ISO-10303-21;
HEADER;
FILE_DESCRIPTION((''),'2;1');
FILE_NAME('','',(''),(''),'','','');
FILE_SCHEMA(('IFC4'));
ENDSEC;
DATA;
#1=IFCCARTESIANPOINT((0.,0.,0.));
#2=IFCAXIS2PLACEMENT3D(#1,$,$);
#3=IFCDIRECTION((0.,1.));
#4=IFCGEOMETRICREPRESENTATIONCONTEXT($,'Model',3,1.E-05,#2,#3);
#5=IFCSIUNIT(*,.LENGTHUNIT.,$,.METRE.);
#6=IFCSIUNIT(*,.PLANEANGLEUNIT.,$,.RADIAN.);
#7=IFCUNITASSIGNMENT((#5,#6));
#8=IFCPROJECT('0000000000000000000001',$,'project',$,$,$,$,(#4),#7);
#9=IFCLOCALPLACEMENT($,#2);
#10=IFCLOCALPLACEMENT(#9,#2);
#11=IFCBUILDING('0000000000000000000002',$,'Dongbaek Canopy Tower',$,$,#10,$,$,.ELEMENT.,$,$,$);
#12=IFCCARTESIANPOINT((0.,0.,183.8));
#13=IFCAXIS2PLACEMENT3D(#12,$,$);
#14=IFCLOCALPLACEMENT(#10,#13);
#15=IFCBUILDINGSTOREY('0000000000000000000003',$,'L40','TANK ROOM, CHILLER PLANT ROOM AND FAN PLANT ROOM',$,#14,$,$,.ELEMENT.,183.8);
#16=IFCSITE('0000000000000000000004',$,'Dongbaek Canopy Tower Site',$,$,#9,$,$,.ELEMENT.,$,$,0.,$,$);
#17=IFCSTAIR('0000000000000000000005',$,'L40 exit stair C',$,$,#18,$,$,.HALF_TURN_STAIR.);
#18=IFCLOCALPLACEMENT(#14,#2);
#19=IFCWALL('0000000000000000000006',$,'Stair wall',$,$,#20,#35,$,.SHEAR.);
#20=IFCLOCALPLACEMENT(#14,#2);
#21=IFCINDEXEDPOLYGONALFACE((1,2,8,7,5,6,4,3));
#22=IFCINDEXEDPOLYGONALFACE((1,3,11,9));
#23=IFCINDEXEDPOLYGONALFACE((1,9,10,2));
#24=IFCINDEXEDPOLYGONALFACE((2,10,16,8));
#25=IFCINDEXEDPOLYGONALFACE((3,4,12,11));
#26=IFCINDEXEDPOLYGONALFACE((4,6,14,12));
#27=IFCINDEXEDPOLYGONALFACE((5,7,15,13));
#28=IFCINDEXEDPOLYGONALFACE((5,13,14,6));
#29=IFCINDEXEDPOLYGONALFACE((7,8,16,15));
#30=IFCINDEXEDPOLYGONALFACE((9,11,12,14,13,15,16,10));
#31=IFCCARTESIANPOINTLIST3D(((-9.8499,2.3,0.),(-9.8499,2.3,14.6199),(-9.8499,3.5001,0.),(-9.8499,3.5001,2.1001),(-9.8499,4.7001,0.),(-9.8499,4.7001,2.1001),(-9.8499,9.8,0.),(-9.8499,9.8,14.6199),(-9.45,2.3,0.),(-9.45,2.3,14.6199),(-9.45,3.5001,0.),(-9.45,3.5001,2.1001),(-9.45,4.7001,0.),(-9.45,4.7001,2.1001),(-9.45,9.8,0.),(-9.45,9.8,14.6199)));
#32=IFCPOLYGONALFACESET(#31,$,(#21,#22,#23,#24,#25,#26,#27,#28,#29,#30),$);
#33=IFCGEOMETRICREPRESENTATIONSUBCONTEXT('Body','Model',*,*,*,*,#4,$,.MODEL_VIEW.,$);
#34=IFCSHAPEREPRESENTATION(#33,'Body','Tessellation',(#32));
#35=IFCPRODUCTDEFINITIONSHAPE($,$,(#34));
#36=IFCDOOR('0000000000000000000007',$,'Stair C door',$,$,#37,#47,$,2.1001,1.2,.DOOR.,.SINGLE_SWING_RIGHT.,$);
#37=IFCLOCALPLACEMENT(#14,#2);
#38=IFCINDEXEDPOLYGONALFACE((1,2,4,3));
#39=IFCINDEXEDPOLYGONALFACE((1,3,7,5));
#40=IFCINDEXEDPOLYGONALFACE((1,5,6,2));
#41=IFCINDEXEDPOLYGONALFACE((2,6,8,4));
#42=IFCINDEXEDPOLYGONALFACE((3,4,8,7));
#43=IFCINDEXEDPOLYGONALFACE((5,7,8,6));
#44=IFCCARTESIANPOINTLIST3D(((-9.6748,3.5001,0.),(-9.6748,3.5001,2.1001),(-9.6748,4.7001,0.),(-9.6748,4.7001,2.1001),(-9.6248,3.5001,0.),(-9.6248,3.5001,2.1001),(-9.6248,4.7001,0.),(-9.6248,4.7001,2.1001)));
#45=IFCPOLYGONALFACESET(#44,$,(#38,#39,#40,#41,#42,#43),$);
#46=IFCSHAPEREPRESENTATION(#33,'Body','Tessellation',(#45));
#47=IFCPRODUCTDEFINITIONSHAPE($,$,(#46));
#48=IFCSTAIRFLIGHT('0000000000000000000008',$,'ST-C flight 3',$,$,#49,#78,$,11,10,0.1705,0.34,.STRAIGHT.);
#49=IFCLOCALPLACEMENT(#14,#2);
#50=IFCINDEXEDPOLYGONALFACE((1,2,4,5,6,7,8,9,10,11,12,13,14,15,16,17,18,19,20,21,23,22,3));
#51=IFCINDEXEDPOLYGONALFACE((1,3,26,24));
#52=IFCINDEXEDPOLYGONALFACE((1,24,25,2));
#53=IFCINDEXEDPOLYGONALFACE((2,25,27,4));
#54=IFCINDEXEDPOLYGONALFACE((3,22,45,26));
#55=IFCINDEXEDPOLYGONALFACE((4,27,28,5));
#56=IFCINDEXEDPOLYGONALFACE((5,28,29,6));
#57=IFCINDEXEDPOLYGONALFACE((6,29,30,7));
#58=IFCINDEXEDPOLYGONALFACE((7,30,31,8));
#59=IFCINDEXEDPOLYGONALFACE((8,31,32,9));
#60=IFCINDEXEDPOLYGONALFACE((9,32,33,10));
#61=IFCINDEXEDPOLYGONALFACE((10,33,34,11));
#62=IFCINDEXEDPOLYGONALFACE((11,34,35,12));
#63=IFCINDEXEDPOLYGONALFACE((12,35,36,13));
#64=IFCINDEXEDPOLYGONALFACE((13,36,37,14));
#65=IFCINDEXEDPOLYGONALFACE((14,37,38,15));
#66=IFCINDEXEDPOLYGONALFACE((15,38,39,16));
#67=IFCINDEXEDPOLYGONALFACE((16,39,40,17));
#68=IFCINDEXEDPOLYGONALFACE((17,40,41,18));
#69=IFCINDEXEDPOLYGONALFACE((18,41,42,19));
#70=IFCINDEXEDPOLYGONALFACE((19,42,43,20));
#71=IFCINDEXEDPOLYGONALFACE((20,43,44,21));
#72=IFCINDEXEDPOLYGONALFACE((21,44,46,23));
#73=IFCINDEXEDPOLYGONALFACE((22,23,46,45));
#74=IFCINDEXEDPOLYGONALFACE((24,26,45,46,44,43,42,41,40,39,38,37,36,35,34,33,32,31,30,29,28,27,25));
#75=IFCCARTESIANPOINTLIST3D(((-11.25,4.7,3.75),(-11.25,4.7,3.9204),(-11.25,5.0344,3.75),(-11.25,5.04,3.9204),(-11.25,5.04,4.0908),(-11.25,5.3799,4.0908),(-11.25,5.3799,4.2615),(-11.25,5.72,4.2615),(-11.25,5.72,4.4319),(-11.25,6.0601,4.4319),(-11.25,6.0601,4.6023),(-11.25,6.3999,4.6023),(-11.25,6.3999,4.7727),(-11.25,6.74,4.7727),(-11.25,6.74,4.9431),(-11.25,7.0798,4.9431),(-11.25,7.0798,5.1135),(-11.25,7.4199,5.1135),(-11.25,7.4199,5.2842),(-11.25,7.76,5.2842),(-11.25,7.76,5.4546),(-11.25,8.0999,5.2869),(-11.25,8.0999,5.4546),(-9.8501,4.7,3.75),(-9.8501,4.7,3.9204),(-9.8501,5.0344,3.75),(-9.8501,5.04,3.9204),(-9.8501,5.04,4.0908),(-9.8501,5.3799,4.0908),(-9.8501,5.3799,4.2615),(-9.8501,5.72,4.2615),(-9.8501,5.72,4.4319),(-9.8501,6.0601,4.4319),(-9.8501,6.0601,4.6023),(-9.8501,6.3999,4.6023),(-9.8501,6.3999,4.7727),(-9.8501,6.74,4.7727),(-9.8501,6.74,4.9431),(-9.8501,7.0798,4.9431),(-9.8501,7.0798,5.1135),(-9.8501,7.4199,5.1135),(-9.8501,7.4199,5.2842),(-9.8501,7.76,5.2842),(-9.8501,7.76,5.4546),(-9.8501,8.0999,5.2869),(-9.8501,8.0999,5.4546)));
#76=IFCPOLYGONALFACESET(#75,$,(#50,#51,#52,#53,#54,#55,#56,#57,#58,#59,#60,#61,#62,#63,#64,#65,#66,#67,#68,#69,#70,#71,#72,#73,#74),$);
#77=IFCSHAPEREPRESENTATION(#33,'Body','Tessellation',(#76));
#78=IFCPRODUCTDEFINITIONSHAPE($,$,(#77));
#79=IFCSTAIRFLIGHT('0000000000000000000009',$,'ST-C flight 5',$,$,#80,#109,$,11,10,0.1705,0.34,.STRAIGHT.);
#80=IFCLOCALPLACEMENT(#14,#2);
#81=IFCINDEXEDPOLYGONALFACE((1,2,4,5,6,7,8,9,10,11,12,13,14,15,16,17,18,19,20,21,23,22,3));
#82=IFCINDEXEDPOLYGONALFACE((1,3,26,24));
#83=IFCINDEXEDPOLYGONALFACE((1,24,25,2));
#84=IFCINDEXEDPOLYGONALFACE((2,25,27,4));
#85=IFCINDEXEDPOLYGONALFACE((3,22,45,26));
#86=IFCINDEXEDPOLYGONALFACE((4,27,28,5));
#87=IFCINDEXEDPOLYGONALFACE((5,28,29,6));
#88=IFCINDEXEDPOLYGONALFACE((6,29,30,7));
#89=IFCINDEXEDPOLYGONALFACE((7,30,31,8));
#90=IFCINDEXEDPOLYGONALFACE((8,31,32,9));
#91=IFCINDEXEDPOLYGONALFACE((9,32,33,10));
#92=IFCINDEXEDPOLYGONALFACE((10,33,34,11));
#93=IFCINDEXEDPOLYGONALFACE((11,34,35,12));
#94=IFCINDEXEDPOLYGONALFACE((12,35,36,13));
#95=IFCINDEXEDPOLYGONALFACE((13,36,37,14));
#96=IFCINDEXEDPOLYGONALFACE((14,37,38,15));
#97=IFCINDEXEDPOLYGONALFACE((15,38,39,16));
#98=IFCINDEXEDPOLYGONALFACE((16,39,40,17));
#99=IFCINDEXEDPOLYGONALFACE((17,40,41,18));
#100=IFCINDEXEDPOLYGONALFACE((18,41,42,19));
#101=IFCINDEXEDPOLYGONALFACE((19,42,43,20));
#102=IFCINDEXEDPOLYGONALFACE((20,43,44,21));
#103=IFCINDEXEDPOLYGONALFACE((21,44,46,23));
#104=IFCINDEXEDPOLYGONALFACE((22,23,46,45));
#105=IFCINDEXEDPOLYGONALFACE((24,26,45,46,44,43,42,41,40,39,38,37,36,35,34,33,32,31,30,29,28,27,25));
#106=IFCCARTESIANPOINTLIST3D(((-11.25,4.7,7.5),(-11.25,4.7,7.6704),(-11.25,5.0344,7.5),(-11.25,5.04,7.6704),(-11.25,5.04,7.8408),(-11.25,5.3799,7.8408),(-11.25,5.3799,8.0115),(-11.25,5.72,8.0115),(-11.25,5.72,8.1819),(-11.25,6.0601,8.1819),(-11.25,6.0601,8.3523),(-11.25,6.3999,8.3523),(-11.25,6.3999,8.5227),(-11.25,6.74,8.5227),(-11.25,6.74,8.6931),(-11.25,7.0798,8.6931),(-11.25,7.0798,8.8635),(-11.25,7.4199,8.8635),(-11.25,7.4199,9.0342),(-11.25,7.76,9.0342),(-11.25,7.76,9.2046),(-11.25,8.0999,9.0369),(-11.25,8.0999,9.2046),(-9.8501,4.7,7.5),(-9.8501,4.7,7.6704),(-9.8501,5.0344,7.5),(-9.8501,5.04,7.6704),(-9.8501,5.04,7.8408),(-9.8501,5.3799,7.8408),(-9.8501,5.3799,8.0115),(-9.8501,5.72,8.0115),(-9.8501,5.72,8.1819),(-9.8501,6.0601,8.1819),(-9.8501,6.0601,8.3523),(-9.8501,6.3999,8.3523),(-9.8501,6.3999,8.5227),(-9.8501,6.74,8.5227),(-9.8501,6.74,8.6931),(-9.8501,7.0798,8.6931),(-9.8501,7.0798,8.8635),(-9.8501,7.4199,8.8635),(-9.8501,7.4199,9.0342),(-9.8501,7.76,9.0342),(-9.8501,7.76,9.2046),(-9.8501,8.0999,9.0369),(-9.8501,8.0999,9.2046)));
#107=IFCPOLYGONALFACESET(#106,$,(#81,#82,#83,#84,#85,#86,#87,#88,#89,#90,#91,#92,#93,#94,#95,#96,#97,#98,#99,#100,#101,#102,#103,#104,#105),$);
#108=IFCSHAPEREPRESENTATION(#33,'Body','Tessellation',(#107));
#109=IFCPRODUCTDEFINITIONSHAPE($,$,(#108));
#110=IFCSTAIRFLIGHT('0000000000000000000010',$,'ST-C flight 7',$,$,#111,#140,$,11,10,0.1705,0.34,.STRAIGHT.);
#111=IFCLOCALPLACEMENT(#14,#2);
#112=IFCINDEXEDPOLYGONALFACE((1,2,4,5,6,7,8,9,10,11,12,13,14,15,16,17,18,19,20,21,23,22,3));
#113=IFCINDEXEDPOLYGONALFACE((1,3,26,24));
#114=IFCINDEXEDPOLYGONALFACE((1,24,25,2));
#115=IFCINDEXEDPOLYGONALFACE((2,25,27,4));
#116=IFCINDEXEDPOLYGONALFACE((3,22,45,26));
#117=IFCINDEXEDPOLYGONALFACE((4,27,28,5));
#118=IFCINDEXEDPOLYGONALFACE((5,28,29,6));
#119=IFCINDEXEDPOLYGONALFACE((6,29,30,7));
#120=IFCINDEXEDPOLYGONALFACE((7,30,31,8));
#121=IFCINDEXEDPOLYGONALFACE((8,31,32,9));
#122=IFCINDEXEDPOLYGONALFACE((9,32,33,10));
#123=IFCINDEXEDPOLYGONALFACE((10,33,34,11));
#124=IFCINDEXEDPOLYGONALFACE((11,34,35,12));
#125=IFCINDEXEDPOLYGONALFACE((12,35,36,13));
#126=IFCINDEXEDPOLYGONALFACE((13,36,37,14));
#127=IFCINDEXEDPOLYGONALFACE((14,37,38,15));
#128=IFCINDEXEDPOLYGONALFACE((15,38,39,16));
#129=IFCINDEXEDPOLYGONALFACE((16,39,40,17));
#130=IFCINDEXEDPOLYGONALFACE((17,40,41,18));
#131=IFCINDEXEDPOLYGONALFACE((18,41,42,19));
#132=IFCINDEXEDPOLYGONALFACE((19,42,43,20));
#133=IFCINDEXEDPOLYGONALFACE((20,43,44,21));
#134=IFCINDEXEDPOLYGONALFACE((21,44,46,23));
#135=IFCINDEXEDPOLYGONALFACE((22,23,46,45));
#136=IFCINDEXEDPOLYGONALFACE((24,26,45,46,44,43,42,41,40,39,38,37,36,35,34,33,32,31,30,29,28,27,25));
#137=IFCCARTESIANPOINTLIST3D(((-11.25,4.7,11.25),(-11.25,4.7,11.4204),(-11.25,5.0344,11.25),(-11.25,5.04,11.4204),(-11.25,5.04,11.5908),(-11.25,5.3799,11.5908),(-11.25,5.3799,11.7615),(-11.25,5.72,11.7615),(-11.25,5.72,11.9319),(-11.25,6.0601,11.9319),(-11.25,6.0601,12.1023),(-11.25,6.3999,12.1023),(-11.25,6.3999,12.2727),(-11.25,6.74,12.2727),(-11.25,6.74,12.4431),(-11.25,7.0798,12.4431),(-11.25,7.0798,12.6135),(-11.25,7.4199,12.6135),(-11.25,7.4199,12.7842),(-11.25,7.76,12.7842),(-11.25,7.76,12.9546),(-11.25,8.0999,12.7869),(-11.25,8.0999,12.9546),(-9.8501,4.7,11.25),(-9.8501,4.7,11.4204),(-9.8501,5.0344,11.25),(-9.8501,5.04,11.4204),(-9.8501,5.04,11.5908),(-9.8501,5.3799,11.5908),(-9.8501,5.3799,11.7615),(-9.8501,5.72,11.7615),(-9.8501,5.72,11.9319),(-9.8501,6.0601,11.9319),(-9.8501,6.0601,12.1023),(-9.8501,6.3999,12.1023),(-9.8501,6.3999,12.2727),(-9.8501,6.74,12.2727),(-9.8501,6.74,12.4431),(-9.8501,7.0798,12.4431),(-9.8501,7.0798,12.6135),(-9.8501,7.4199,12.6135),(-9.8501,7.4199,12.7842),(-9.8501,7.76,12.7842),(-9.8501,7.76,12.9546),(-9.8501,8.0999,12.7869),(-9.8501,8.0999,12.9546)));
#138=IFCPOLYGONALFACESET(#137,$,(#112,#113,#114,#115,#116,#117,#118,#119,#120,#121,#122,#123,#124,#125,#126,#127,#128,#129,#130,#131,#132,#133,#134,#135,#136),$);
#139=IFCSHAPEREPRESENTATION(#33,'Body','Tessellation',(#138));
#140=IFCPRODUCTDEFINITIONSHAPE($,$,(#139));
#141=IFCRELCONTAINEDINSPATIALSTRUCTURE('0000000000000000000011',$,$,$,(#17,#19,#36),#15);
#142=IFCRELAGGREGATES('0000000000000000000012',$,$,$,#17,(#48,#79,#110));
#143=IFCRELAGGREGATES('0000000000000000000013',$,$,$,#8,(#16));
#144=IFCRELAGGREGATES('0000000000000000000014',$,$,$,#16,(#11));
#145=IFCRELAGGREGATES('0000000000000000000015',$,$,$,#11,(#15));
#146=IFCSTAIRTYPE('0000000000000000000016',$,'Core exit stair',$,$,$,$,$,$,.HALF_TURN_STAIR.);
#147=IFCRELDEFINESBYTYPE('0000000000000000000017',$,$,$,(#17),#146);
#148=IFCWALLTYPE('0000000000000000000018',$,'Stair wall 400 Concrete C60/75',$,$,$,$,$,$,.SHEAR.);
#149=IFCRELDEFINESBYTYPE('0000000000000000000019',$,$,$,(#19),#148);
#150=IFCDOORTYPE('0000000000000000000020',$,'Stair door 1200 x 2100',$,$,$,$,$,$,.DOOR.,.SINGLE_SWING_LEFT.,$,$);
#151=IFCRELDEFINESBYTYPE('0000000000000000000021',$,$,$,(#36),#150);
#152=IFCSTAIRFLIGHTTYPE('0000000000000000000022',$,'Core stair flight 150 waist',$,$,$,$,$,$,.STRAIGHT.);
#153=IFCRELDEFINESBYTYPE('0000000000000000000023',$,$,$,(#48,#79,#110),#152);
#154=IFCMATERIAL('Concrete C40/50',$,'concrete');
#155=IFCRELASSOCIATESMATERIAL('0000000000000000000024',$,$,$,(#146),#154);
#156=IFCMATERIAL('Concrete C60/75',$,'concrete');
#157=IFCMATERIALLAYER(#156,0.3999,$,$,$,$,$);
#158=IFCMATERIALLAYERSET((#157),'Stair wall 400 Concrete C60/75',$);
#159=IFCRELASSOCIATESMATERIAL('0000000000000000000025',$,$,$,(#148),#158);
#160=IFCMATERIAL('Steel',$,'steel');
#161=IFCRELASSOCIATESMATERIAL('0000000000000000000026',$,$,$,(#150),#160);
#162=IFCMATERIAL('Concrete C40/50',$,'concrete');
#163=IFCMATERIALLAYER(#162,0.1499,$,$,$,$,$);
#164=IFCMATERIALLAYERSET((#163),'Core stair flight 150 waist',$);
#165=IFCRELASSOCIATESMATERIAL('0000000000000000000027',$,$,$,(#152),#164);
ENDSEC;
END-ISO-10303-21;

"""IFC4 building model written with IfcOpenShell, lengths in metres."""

from ifc_helpers import new_model, si_unit, direction, frame, frame_2d, origin, place, context, subcontext, project, spatial, polyline, rectangle, outline, extrude, material, layer, layer_set, type_object, element, fill, aggregate, save


model = new_model("IFC4")

# Units and contexts
model_context = context("Model", 3, precision=1e-05, world=origin(), true_north=direction((0.0, 1.0)))
body_context = subcontext(model_context, "Body", "Model", "MODEL_VIEW")
ifc_project = project(units=[si_unit("LENGTHUNIT", "METRE"), si_unit("PLANEANGLEUNIT", "RADIAN")], contexts=[model_context])

# Site, building, storey
site_placement = place(None, origin())
site = spatial("IfcSite", under=ifc_project, at=site_placement, Name="Dongbaek Canopy Tower Site", CompositionType="ELEMENT", RefElevation=0.0)
building_placement = place(site_placement, origin())
building = spatial("IfcBuilding", under=site, at=building_placement, Name="Dongbaek Canopy Tower", CompositionType="ELEMENT")
storey_placement = place(building_placement, frame((0.0, 0.0, 183.8)))
storey = spatial("IfcBuildingStorey", under=building, at=storey_placement, Name="L40", Description="TANK ROOM, CHILLER PLANT ROOM AND FAN PLANT ROOM", CompositionType="ELEMENT", Elevation=183.8)

# Stair
ifc_material_1 = material(Name="Concrete C40/50", Category="concrete")
stair_type = type_object("IfcStairType", Name="Core exit stair", PredefinedType="HALF_TURN_STAIR", material=ifc_material_1)
stair_1_placement = place(storey_placement, origin())
stair_1 = element("IfcStair", 1, at=stair_1_placement, inside=storey, type_object=stair_type, Name="L40 exit stair C", PredefinedType="HALF_TURN_STAIR")

# Wall, opening, door
ifc_material_2 = material(Name="Concrete C60/75", Category="concrete")
ifc_layer_1 = layer(ifc_material_2, 0.3999)
ifc_layer_set_1 = layer_set([ifc_layer_1], Name="Stair wall 400 Concrete C60/75")
wall_type_1 = type_object("IfcWallType", Name="Stair wall 400 Concrete C60/75", PredefinedType="SHEAR", material=ifc_layer_set_1)
wall_1_placement = place(storey_placement, frame((-9.6499, 2.3, 0.0), z_axis=(0.0, 0.0, 1.0), x_axis=(0.0, 1.0, 0.0)))
wall_1 = element("IfcWall", 2, at=wall_1_placement, inside=storey, type_object=wall_type_1, Name="Stair wall", PredefinedType="SHEAR", context=body_context, shape_type="SweptSolid", body=[
    extrude(rectangle(XDim=7.5, YDim=0.3999, at=frame_2d((3.75, 0.0))), origin(), (0.0, 0.0, 1.0), 14.6199),
])
opening_1_placement = place(wall_1_placement, frame((1.2, 0.0, 0.0)))
opening_1 = element("IfcOpeningElement", 3, at=opening_1_placement, cuts=wall_1, PredefinedType="OPENING", context=body_context, shape_type="SweptSolid", body=[
    extrude(rectangle(XDim=1.2, YDim=2.1001, at=frame_2d((0.6001, 1.05))), frame((0.0, 0.21, 0.0), z_axis=(0.0, -1.0, 0.0), x_axis=(1.0, 0.0, 0.0)), (0.0, 0.0, 1.0), 0.4199),
])
ifc_material_3 = material(Name="Steel", Category="steel")
door_type_1 = type_object("IfcDoorType", Name="Stair door 1200 x 2100", OperationType="SINGLE_SWING_LEFT", PredefinedType="DOOR", material=ifc_material_3)
door_1_placement = place(opening_1_placement, origin())
door_1 = element("IfcDoor", 4, at=door_1_placement, inside=storey, type_object=door_type_1, Name="Stair C door", OperationType="SINGLE_SWING_RIGHT", OverallHeight=2.1001, OverallWidth=1.2, PredefinedType="DOOR", context=body_context, shape_type="SweptSolid", body=[
    extrude(rectangle(XDim=1.2, YDim=2.1001, at=frame_2d((0.6001, 1.05))), frame((0.0, 0.0249, 0.0), z_axis=(0.0, -1.0, 0.0), x_axis=(1.0, 0.0, 0.0)), (0.0, 0.0, 1.0), 0.05),
])
fill(opening_1, door_1)

# Stair flights
ifc_material_4 = material(Name="Concrete C40/50", Category="concrete")
ifc_layer_2 = layer(ifc_material_4, 0.1499)
ifc_layer_set_2 = layer_set([ifc_layer_2], Name="Core stair flight 150 waist")
stair_flight_type = type_object("IfcStairFlightType", Name="Core stair flight 150 waist", PredefinedType="STRAIGHT", material=ifc_layer_set_2)
stair_flight_1_placement = place(storey_placement, frame((-10.55, 4.7, 3.75), z_axis=(0.0, 0.0, 1.0), x_axis=(0.0, 1.0, 0.0)))
stair_flight_1 = element("IfcStairFlight", 5, at=stair_flight_1_placement, type_object=stair_flight_type, Name="ST-C flight 3", NumberOfRisers=11, NumberOfTreads=10, PredefinedType="STRAIGHT", RiserHeight=0.1705, TreadLength=0.34, context=body_context, shape_type="SweptSolid", body=[
    extrude(outline(polyline([(0.0, 0.0), (0.0, 0.1704), (0.3401, 0.1704), (0.3401, 0.3408), (0.6799, 0.3408), (0.6799, 0.5115), (1.02, 0.5115), (1.02, 0.6819), (1.3601, 0.6819), (1.3601, 0.8523), (1.7, 0.8523), (1.7, 1.0227), (2.04, 1.0227), (2.04, 1.1931), (2.3799, 1.1931), (2.3799, 1.3635), (2.72, 1.3635), (2.72, 1.5342), (3.0601, 1.5342), (3.0601, 1.7046), (3.3999, 1.7046), (3.3999, 1.875), (3.3999, 1.5369), (0.3345, 0.0), (0.0, 0.0)])), frame((0.0, 0.7, 0.0), z_axis=(0.0, -1.0, 0.0), x_axis=(1.0, 0.0, 0.0)), (0.0, 0.0, 1.0), 1.3999),
])
stair_flight_2_placement = place(storey_placement, frame((-10.55, 4.7, 7.5), z_axis=(0.0, 0.0, 1.0), x_axis=(0.0, 1.0, 0.0)))
stair_flight_2 = element("IfcStairFlight", 6, at=stair_flight_2_placement, type_object=stair_flight_type, Name="ST-C flight 5", NumberOfRisers=11, NumberOfTreads=10, PredefinedType="STRAIGHT", RiserHeight=0.1705, TreadLength=0.34, context=body_context, shape_type="SweptSolid", body=[
    extrude(outline(polyline([(0.0, 0.0), (0.0, 0.1704), (0.3401, 0.1704), (0.3401, 0.3408), (0.6799, 0.3408), (0.6799, 0.5115), (1.02, 0.5115), (1.02, 0.6819), (1.3601, 0.6819), (1.3601, 0.8523), (1.7, 0.8523), (1.7, 1.0227), (2.04, 1.0227), (2.04, 1.1931), (2.3799, 1.1931), (2.3799, 1.3635), (2.72, 1.3635), (2.72, 1.5342), (3.0601, 1.5342), (3.0601, 1.7046), (3.3999, 1.7046), (3.3999, 1.875), (3.3999, 1.5369), (0.3345, 0.0), (0.0, 0.0)])), frame((0.0, 0.7, 0.0), z_axis=(0.0, -1.0, 0.0), x_axis=(1.0, 0.0, 0.0)), (0.0, 0.0, 1.0), 1.3999),
])
stair_flight_3_placement = place(storey_placement, frame((-10.55, 4.7, 11.25), z_axis=(0.0, 0.0, 1.0), x_axis=(0.0, 1.0, 0.0)))
stair_flight_3 = element("IfcStairFlight", 7, at=stair_flight_3_placement, type_object=stair_flight_type, Name="ST-C flight 7", NumberOfRisers=11, NumberOfTreads=10, PredefinedType="STRAIGHT", RiserHeight=0.1705, TreadLength=0.34, context=body_context, shape_type="SweptSolid", body=[
    extrude(outline(polyline([(0.0, 0.0), (0.0, 0.1704), (0.3401, 0.1704), (0.3401, 0.3408), (0.6799, 0.3408), (0.6799, 0.5115), (1.02, 0.5115), (1.02, 0.6819), (1.3601, 0.6819), (1.3601, 0.8523), (1.7, 0.8523), (1.7, 1.0227), (2.04, 1.0227), (2.04, 1.1931), (2.3799, 1.1931), (2.3799, 1.3635), (2.72, 1.3635), (2.72, 1.5342), (3.0601, 1.5342), (3.0601, 1.7046), (3.3999, 1.7046), (3.3999, 1.875), (3.3999, 1.5369), (0.3345, 0.0), (0.0, 0.0)])), frame((0.0, 0.7, 0.0), z_axis=(0.0, -1.0, 0.0), x_axis=(1.0, 0.0, 0.0)), (0.0, 0.0, 1.0), 1.3999),
])
aggregate(stair_1, [stair_flight_1, stair_flight_2, stair_flight_3])

save(model, "model.ifc")
